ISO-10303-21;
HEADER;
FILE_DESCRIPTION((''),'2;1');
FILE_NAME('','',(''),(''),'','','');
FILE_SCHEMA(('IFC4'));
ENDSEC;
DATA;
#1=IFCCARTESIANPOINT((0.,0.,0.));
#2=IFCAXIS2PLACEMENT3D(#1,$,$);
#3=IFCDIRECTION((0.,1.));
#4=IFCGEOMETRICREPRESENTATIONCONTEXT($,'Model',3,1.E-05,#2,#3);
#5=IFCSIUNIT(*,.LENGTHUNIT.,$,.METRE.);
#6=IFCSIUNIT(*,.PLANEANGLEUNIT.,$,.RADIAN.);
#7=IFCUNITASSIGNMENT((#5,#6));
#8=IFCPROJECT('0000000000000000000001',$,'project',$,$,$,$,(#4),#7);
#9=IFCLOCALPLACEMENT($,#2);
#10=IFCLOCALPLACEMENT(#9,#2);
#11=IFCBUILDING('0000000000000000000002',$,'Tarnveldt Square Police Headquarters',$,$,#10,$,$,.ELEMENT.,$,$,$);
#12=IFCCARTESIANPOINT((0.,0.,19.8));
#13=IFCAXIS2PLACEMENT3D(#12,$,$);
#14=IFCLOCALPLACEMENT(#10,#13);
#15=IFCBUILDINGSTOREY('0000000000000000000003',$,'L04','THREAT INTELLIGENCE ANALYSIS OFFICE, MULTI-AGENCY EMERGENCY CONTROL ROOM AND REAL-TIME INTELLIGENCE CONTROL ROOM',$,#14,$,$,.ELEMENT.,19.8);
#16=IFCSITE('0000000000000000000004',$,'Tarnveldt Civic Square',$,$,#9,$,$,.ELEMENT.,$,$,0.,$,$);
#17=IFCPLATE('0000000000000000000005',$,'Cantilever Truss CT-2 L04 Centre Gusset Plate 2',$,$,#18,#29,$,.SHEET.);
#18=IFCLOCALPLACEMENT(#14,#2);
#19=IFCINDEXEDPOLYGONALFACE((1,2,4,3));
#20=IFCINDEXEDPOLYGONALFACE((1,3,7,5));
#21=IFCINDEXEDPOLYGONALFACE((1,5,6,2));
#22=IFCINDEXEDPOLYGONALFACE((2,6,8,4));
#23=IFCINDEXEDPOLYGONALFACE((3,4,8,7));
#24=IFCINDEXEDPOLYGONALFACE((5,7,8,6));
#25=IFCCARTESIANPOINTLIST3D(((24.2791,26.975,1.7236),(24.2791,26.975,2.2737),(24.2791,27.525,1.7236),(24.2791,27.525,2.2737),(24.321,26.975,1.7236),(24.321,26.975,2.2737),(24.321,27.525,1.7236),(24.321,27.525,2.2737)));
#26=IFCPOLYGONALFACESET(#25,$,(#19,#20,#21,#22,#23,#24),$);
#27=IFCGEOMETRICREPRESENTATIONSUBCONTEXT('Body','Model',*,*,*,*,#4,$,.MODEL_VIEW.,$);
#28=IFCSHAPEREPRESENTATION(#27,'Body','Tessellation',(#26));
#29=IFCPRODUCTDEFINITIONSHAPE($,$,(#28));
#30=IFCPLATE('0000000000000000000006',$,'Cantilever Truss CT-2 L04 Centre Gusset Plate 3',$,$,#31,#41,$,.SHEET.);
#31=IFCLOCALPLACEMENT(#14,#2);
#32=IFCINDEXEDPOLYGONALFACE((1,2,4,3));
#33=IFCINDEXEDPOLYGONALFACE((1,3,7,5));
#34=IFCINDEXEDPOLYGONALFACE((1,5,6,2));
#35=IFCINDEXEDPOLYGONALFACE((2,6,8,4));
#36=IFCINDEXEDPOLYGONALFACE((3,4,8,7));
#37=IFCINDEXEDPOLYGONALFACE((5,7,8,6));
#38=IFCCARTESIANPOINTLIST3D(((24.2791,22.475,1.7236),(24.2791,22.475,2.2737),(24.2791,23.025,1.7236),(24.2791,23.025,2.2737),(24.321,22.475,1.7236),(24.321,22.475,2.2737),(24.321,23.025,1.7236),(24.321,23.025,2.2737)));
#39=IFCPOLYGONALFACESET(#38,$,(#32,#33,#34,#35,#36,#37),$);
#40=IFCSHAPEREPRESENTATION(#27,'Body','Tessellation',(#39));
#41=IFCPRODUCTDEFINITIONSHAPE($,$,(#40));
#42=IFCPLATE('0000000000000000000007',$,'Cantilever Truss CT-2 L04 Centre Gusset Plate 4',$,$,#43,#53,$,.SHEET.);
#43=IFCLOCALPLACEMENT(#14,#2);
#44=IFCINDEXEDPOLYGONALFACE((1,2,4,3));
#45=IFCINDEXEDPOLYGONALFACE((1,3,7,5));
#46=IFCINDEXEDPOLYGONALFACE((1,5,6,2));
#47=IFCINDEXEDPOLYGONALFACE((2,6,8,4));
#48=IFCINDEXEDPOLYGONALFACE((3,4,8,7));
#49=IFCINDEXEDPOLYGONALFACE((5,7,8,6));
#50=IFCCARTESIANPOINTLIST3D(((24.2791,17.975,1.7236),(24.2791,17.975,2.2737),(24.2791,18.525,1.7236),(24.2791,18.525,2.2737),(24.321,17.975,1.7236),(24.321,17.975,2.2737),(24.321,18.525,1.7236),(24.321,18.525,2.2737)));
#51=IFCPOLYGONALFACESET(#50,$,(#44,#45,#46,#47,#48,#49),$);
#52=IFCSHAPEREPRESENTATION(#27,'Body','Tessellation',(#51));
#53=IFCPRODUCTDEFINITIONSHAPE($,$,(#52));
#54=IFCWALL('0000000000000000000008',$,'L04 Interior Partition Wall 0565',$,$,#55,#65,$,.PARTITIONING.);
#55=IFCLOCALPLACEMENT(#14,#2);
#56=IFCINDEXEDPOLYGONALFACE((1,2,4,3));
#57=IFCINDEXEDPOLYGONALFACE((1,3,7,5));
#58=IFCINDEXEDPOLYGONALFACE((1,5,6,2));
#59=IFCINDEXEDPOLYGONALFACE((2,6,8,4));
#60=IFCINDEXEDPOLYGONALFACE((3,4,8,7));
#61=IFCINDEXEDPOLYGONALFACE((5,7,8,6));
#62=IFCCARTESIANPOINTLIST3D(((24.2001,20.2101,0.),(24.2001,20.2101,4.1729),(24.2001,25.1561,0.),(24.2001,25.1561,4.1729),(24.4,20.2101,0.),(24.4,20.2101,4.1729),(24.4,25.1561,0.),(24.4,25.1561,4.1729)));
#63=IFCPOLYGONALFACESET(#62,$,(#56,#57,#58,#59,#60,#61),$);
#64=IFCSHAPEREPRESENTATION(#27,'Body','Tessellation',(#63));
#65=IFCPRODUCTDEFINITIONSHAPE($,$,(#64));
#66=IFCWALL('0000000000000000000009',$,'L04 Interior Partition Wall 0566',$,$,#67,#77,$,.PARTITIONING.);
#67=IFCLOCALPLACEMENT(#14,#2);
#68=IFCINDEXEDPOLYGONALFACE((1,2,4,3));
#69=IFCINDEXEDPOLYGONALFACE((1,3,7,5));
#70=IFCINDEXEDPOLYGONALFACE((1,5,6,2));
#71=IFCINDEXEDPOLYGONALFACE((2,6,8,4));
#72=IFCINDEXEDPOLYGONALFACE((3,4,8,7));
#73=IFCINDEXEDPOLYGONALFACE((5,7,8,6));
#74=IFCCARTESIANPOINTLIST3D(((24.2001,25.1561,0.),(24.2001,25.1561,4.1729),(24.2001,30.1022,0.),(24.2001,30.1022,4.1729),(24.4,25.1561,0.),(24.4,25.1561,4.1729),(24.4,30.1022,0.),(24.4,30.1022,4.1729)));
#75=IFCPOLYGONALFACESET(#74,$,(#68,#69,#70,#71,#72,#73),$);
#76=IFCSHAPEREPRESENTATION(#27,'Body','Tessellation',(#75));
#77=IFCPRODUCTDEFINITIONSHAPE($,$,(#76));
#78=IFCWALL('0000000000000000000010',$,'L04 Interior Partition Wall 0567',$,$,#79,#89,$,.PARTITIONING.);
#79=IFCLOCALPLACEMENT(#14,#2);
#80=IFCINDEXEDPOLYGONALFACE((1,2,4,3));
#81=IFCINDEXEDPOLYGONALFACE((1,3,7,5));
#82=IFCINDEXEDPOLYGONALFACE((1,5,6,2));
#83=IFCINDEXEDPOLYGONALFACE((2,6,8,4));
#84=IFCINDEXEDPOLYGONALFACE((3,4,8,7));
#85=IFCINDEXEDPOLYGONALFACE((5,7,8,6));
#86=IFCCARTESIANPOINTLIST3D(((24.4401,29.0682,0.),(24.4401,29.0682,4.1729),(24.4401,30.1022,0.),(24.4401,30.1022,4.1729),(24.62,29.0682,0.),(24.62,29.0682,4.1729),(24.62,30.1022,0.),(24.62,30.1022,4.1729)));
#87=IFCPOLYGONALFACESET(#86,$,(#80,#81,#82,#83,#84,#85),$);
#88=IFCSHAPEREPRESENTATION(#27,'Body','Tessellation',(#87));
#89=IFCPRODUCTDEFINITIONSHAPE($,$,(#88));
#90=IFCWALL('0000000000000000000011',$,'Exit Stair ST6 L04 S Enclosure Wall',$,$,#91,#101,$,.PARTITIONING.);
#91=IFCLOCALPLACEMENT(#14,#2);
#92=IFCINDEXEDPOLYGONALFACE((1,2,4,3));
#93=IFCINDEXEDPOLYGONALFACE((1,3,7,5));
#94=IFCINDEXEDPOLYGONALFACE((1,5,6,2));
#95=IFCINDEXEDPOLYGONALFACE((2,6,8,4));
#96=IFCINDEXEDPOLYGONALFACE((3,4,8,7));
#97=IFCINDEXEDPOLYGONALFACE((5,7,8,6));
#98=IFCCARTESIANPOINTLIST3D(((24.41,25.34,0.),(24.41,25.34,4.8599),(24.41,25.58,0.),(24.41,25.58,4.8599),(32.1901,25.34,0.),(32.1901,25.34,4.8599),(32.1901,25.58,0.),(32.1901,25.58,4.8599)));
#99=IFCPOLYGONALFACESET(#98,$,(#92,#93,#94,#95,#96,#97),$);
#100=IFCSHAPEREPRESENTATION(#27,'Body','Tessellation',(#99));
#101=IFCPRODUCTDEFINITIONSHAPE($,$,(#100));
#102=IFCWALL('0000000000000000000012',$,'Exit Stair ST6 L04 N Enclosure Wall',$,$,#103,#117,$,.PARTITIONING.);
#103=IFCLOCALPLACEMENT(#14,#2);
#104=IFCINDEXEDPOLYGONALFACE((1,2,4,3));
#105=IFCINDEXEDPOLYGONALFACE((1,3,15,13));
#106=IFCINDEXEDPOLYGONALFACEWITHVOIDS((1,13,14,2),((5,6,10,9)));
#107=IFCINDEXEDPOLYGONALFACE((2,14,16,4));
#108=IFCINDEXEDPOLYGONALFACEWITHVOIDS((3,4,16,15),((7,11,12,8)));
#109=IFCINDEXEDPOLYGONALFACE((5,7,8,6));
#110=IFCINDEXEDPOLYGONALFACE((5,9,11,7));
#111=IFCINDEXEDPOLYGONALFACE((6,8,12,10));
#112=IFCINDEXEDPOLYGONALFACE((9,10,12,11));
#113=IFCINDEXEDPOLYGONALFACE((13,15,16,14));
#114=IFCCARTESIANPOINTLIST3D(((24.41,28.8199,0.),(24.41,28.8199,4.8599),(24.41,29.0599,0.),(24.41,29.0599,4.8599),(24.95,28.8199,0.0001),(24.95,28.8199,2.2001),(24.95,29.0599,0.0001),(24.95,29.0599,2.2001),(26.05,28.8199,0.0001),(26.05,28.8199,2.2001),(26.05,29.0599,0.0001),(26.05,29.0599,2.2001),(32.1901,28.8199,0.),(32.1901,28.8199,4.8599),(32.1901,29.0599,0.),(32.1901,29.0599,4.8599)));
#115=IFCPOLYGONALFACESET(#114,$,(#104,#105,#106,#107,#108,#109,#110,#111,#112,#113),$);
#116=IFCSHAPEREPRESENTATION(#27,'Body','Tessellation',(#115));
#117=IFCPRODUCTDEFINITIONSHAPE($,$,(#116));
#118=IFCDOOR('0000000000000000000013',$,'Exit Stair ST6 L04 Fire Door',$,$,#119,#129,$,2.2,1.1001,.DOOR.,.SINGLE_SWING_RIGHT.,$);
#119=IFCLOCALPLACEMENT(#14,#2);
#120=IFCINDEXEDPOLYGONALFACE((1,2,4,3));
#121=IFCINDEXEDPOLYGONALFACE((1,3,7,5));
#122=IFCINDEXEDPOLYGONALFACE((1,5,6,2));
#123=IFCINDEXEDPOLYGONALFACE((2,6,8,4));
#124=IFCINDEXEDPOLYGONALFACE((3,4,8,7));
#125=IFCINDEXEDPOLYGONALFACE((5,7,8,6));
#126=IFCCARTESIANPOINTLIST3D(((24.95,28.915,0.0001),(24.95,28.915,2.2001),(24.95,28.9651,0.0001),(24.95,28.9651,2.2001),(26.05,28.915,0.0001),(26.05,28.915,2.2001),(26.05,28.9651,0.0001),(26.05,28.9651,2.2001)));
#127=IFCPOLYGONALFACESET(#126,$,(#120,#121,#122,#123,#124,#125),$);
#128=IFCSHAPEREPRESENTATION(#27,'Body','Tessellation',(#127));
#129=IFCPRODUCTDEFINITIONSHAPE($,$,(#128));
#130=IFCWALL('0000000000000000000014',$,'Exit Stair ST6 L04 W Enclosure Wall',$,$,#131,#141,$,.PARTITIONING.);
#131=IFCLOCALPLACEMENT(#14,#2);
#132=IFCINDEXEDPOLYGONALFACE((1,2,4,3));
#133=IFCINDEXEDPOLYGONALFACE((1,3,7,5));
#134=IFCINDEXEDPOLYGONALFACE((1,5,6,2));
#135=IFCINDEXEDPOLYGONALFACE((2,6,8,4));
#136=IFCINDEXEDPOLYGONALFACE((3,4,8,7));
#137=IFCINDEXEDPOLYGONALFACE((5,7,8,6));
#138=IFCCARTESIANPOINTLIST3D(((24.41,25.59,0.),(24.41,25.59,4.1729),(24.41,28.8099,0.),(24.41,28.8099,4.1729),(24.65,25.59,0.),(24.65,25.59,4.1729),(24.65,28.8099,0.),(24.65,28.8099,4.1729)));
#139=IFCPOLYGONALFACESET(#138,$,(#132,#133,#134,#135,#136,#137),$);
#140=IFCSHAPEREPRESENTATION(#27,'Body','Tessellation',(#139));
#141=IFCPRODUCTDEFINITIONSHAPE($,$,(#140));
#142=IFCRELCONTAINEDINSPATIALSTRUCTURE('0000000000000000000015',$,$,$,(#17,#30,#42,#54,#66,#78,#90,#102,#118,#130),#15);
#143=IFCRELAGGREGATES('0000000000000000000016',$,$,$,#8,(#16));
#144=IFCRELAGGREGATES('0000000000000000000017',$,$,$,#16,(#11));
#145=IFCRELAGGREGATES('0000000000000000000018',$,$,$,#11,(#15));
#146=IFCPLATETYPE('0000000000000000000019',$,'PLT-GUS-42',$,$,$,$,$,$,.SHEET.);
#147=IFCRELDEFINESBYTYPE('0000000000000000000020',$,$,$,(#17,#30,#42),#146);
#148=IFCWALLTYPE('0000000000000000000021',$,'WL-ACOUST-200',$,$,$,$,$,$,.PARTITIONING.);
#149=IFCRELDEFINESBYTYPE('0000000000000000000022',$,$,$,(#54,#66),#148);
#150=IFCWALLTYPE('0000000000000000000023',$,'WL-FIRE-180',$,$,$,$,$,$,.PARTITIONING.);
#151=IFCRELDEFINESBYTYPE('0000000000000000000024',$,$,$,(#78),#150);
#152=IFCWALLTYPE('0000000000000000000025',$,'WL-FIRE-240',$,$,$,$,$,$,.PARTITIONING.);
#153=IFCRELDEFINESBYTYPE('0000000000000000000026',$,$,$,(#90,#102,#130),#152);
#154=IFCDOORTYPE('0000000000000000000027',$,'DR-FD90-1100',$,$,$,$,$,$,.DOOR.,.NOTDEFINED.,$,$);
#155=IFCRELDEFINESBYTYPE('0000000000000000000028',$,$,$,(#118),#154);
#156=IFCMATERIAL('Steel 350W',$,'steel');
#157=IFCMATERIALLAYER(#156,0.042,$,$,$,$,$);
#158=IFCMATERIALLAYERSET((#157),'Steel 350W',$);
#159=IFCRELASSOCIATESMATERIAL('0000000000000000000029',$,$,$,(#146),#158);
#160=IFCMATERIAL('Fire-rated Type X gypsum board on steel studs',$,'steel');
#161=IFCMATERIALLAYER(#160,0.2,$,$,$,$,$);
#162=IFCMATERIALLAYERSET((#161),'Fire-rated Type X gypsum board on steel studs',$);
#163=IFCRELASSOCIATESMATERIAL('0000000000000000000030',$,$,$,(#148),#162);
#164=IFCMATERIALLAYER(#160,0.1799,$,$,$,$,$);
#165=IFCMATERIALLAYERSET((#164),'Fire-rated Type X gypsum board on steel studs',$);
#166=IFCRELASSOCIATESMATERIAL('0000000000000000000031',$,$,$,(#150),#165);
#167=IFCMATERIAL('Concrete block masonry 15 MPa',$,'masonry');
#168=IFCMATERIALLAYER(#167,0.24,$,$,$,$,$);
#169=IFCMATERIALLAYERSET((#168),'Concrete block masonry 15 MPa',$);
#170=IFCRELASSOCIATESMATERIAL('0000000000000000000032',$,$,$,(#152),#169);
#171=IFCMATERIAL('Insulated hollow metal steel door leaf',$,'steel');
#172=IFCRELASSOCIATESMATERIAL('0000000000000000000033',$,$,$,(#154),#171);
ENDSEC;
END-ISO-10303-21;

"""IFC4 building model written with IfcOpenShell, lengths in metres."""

from ifc_helpers import new_model, si_unit, direction, frame, frame_2d, origin, origin_2d, place, context, subcontext, project, spatial, rectangle, extrude, material, layer, layer_set, type_object, element, fill, save


model = new_model("IFC4")

# Units and contexts
model_context = context("Model", 3, precision=1e-05, world=origin(), true_north=direction((0.0, 1.0)))
body_context = subcontext(model_context, "Body", "Model", "MODEL_VIEW")
ifc_project = project(units=[si_unit("LENGTHUNIT", "METRE"), si_unit("PLANEANGLEUNIT", "RADIAN")], contexts=[model_context])

# Site, building, storey
site_placement = place(None, origin())
site = spatial("IfcSite", under=ifc_project, at=site_placement, Name="Tarnveldt Civic Square", CompositionType="ELEMENT", RefElevation=0.0)
building_placement = place(site_placement, origin())
building = spatial("IfcBuilding", under=site, at=building_placement, Name="Tarnveldt Square Police Headquarters", CompositionType="ELEMENT")
storey_placement = place(building_placement, frame((0.0, 0.0, 19.8)))
storey = spatial("IfcBuildingStorey", under=building, at=storey_placement, Name="L04", Description="THREAT INTELLIGENCE ANALYSIS OFFICE, MULTI-AGENCY EMERGENCY CONTROL ROOM AND REAL-TIME INTELLIGENCE CONTROL ROOM", CompositionType="ELEMENT", Elevation=19.8)

# Shared definitions
ifc_material_1 = material(Name="Steel 350W", Category="steel")

# Plates
ifc_layer_1 = layer(ifc_material_1, 0.042)
ifc_layer_set_1 = layer_set([ifc_layer_1], Name="Steel 350W")
plate_type_1 = type_object("IfcPlateType", Name="PLT-GUS-42", PredefinedType="SHEET", material=ifc_layer_set_1)
for number, where, z_axis, x_axis, name in (
    (1, (24.3, 27.25, 1.7236), (0.0, 0.0, 1.0), (1.0, 0.0, 0.0), "Cantilever Truss CT-2 L04 Centre Gusset Plate 2"),
    (2, (24.3, 22.75, 1.7236), (0.0, 0.0, 1.0), (1.0, 0.0, 0.0), "Cantilever Truss CT-2 L04 Centre Gusset Plate 3"),
    (3, (24.3, 18.25, 1.7236), (0.0, 0.0, 1.0), (1.0, 0.0, 0.0), "Cantilever Truss CT-2 L04 Centre Gusset Plate 4"),
):
    element("IfcPlate", number, at=place(storey_placement, frame(where, z_axis=z_axis, x_axis=x_axis)), inside=storey, type_object=plate_type_1, Name=name, PredefinedType="SHEET", context=body_context, shape_type="SweptSolid", body=[
        extrude(rectangle(XDim=0.042, YDim=0.55, at=origin_2d()), origin(), (0.0, 0.0, 1.0), 0.55),
    ])

# Walls
ifc_material_2 = material(Name="Fire-rated Type X gypsum board on steel studs", Category="steel")
ifc_layer_2 = layer(ifc_material_2, 0.2)
ifc_layer_set_2 = layer_set([ifc_layer_2], Name="Fire-rated Type X gypsum board on steel studs")
wall_type_1 = type_object("IfcWallType", Name="WL-ACOUST-200", PredefinedType="PARTITIONING", material=ifc_layer_set_2)
for number, where, z_axis, x_axis, name in (
    (4, (24.3, 20.21, 0.0), (0.0, 0.0, 1.0), (0.0, 1.0, 0.0), "L04 Interior Partition Wall 0565"),
    (5, (24.3, 25.156, 0.0), (0.0, 0.0, 1.0), (0.0, 1.0, 0.0), "L04 Interior Partition Wall 0566"),
):
    element("IfcWall", number, at=place(storey_placement, frame(where, z_axis=z_axis, x_axis=x_axis)), inside=storey, type_object=wall_type_1, Name=name, PredefinedType="PARTITIONING", context=body_context, shape_type="SweptSolid", body=[
        extrude(rectangle(XDim=4.946, YDim=0.2, at=frame_2d((2.4731, 0.0))), origin(), (0.0, 0.0, 1.0), 4.1729),
    ])
ifc_layer_3 = layer(ifc_material_2, 0.1799)
ifc_layer_set_3 = layer_set([ifc_layer_3], Name="Fire-rated Type X gypsum board on steel studs")
wall_type_2 = type_object("IfcWallType", Name="WL-FIRE-180", PredefinedType="PARTITIONING", material=ifc_layer_set_3)
wall_1_placement = place(storey_placement, frame((24.53, 29.0681, 0.0), z_axis=(0.0, 0.0, 1.0), x_axis=(0.0, 1.0, 0.0)))
element("IfcWall", 6, at=wall_1_placement, inside=storey, type_object=wall_type_2, Name="L04 Interior Partition Wall 0567", PredefinedType="PARTITIONING", context=body_context, shape_type="SweptSolid", body=[
    extrude(rectangle(XDim=1.0339, YDim=0.1799, at=frame_2d((0.5171, 0.0))), origin(), (0.0, 0.0, 1.0), 4.1729),
])
ifc_material_3 = material(Name="Concrete block masonry 15 MPa", Category="masonry")
ifc_layer_4 = layer(ifc_material_3, 0.24)
ifc_layer_set_4 = layer_set([ifc_layer_4], Name="Concrete block masonry 15 MPa")
wall_type_3 = type_object("IfcWallType", Name="WL-FIRE-240", PredefinedType="PARTITIONING", material=ifc_layer_set_4)
wall_2_placement = place(storey_placement, frame((24.4099, 25.46, 0.0), z_axis=(0.0, 0.0, 1.0), x_axis=(1.0, 0.0, 0.0)))
element("IfcWall", 7, at=wall_2_placement, inside=storey, type_object=wall_type_3, Name="Exit Stair ST6 L04 S Enclosure Wall", PredefinedType="PARTITIONING", context=body_context, shape_type="SweptSolid", body=[
    extrude(rectangle(XDim=7.78, YDim=0.24, at=frame_2d((3.8901, 0.0))), origin(), (0.0, 0.0, 1.0), 4.8599),
])

# Wall, opening, door
wall_3_placement = place(storey_placement, frame((24.4099, 28.9399, 0.0), z_axis=(0.0, 0.0, 1.0), x_axis=(1.0, 0.0, 0.0)))
wall_3 = element("IfcWall", 8, at=wall_3_placement, inside=storey, type_object=wall_type_3, Name="Exit Stair ST6 L04 N Enclosure Wall", PredefinedType="PARTITIONING", context=body_context, shape_type="SweptSolid", body=[
    extrude(rectangle(XDim=7.78, YDim=0.24, at=frame_2d((3.8901, 0.0))), origin(), (0.0, 0.0, 1.0), 4.8599),
])
opening_placement = place(wall_3_placement, frame((0.54, 0.0, 0.0)))
opening = element("IfcOpeningElement", 9, at=opening_placement, cuts=wall_3, PredefinedType="OPENING", context=body_context, shape_type="SweptSolid", body=[
    extrude(rectangle(XDim=1.1001, YDim=2.2, at=frame_2d((0.55, 1.1001))), frame((0.0, 0.1299, 0.0), z_axis=(0.0, -1.0, 0.0), x_axis=(1.0, 0.0, 0.0)), (0.0, 0.0, 1.0), 0.26),
])
ifc_material_4 = material(Name="Insulated hollow metal steel door leaf", Category="steel")
door_type = type_object("IfcDoorType", Name="DR-FD90-1100", OperationType="NOTDEFINED", PredefinedType="DOOR", material=ifc_material_4)
door_placement = place(opening_placement, frame((1.1001, 0.0, 0.0), z_axis=(0.0, 0.0, 1.0), x_axis=(-1.0, 0.0, 0.0)))
door = element("IfcDoor", 10, at=door_placement, inside=storey, type_object=door_type, Name="Exit Stair ST6 L04 Fire Door", OperationType="SINGLE_SWING_RIGHT", OverallHeight=2.2, OverallWidth=1.1001, PredefinedType="DOOR", context=body_context, shape_type="SweptSolid", body=[
    extrude(rectangle(XDim=1.1001, YDim=2.2, at=frame_2d((0.55, 1.1001))), frame((0.0, 0.0249, 0.0), z_axis=(0.0, -1.0, 0.0), x_axis=(1.0, 0.0, 0.0)), (0.0, 0.0, 1.0), 0.05),
])
fill(opening, door)

# Wall
wall_4_placement = place(storey_placement, frame((24.53, 25.5901, 0.0), z_axis=(0.0, 0.0, 1.0), x_axis=(0.0, 1.0, 0.0)))
element("IfcWall", 11, at=wall_4_placement, inside=storey, type_object=wall_type_3, Name="Exit Stair ST6 L04 W Enclosure Wall", PredefinedType="PARTITIONING", context=body_context, shape_type="SweptSolid", body=[
    extrude(rectangle(XDim=3.22, YDim=0.24, at=frame_2d((1.6099, 0.0))), origin(), (0.0, 0.0, 1.0), 4.1729),
])

save(model, "model.ifc")
